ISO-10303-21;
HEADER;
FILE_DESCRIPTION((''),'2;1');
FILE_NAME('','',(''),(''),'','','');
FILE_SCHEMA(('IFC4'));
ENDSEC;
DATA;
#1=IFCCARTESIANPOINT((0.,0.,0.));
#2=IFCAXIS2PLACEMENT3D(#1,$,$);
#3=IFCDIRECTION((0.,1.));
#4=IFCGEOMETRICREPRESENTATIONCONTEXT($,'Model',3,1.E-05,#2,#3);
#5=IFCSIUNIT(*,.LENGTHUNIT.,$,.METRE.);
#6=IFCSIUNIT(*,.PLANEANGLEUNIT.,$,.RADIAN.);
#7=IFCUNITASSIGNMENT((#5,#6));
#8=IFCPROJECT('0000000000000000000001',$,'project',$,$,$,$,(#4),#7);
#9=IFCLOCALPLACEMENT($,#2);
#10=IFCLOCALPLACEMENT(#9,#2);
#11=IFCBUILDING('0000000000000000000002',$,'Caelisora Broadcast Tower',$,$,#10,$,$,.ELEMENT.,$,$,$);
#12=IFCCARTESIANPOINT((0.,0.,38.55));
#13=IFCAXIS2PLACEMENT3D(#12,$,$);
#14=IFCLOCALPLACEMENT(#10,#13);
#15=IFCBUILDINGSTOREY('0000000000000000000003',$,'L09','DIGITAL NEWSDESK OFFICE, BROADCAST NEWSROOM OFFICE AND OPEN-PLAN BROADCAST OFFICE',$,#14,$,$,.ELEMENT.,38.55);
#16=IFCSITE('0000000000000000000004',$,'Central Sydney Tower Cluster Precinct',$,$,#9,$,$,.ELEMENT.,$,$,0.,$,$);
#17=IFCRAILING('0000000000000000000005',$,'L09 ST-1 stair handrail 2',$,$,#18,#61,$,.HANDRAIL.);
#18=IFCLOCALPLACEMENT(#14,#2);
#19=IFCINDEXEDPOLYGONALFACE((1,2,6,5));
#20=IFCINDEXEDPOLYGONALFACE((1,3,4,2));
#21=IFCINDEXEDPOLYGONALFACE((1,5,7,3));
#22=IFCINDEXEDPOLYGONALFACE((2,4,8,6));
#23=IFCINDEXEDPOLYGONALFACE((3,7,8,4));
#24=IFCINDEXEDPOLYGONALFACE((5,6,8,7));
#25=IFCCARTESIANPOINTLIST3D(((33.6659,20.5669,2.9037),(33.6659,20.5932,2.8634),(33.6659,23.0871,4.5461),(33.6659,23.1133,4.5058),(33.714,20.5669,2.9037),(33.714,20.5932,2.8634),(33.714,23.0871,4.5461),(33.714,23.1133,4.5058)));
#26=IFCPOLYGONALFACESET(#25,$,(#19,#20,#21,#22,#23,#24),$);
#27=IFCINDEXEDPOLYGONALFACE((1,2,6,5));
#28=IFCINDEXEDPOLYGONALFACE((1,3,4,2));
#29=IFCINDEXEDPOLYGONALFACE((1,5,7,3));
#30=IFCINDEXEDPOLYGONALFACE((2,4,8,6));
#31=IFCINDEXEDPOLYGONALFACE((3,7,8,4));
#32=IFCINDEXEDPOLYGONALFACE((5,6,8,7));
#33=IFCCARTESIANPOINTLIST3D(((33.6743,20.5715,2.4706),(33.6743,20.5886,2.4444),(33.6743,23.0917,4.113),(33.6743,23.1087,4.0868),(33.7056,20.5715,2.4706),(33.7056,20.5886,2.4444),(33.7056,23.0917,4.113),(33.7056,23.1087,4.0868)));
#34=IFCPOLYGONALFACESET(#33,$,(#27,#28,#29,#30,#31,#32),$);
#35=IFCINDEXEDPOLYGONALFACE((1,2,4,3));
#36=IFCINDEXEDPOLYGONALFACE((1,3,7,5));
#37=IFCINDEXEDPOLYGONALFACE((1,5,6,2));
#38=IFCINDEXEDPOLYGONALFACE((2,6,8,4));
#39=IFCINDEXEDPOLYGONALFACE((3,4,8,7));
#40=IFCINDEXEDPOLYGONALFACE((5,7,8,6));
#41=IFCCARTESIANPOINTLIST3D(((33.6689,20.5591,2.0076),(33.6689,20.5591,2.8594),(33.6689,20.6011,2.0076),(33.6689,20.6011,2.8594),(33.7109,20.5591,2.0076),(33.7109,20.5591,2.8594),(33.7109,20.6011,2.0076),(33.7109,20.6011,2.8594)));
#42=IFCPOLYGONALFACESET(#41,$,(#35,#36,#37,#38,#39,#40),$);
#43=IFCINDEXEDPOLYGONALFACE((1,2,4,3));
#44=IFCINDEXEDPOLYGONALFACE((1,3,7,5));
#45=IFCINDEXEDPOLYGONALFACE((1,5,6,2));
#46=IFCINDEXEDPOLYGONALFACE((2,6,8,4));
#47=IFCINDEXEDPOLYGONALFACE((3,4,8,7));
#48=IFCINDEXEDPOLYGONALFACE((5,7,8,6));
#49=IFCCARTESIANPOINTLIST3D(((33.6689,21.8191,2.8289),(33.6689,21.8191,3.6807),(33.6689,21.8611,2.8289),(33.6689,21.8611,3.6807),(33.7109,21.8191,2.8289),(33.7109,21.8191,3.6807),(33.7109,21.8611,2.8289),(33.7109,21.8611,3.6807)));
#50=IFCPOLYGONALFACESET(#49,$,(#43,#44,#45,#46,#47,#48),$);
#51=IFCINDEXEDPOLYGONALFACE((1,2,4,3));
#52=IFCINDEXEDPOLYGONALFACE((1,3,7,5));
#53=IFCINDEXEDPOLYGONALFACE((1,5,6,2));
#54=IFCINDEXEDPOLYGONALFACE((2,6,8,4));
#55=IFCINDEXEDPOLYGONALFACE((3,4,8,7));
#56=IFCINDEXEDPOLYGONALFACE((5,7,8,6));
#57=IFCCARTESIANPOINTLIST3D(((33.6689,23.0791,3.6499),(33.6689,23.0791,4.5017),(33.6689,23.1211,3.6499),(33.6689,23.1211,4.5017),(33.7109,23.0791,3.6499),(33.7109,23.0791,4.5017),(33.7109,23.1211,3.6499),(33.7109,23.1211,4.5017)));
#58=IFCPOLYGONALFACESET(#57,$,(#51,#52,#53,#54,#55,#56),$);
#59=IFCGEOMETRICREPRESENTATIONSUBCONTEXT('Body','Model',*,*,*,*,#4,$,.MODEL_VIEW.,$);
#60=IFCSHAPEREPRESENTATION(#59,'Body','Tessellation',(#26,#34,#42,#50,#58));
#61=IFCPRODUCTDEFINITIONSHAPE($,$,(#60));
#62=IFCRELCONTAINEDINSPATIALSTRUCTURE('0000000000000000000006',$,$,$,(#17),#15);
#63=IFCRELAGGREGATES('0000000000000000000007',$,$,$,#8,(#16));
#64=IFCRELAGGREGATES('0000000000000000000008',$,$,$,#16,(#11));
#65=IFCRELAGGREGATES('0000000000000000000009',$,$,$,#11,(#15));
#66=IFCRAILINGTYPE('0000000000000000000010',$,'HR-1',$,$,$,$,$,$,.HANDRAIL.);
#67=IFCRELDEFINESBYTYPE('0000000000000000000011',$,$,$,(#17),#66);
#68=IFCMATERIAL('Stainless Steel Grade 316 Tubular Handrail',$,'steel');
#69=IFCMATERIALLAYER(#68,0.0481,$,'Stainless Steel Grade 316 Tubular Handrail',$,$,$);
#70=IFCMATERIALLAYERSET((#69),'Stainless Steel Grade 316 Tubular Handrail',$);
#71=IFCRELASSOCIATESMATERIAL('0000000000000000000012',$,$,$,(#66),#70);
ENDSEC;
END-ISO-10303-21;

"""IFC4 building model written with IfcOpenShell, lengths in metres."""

from ifc_helpers import new_model, si_unit, direction, frame, origin, origin_2d, place, context, subcontext, project, spatial, rectangle, extrude, material, layer, layer_set, type_object, element, save


model = new_model("IFC4")

# Units and contexts
model_context = context("Model", 3, precision=1e-05, world=origin(), true_north=direction((0.0, 1.0)))
body_context = subcontext(model_context, "Body", "Model", "MODEL_VIEW")
ifc_project = project(units=[si_unit("LENGTHUNIT", "METRE"), si_unit("PLANEANGLEUNIT", "RADIAN")], contexts=[model_context])

# Site, building, storey
site_placement = place(None, origin())
site = spatial("IfcSite", under=ifc_project, at=site_placement, Name="Central Sydney Tower Cluster Precinct", CompositionType="ELEMENT", RefElevation=0.0)
building_placement = place(site_placement, origin())
building = spatial("IfcBuilding", under=site, at=building_placement, Name="Caelisora Broadcast Tower", CompositionType="ELEMENT")
storey_placement = place(building_placement, frame((0.0, 0.0, 38.55)))
storey = spatial("IfcBuildingStorey", under=building, at=storey_placement, Name="L09", Description="DIGITAL NEWSDESK OFFICE, BROADCAST NEWSROOM OFFICE AND OPEN-PLAN BROADCAST OFFICE", CompositionType="ELEMENT", Elevation=38.55)

# Railing
ifc_material_1 = material(Name="Stainless Steel Grade 316 Tubular Handrail", Category="steel")
ifc_layer_1 = layer(ifc_material_1, 0.0481, Name="Stainless Steel Grade 316 Tubular Handrail")
ifc_layer_set_1 = layer_set([ifc_layer_1], Name="Stainless Steel Grade 316 Tubular Handrail")
railing_type_1 = type_object("IfcRailingType", Name="HR-1", PredefinedType="HANDRAIL", material=ifc_layer_set_1)
railing_1_placement = place(storey_placement, frame((33.6899, 20.5801, 2.0076)))
element("IfcRailing", 1, at=railing_1_placement, inside=storey, type_object=railing_type_1, Name="L09 ST-1 stair handrail 2", PredefinedType="HANDRAIL", context=body_context, shape_type="SweptSolid", body=[
    extrude(rectangle(XDim=0.0481, YDim=0.0481, at=origin_2d()), frame((0.0, 0.0, 0.876), z_axis=(0.0, 0.837787, 0.545998), x_axis=(-1.0, 0.0, 0.0)), (0.0, 0.0, 1.0), 3.0081),
    extrude(rectangle(XDim=0.0312, YDim=0.0312, at=origin_2d()), frame((0.0, 0.0, 0.45), z_axis=(0.0, 0.837787, 0.545998), x_axis=(-1.0, 0.0, 0.0)), (0.0, 0.0, 1.0), 3.0081),
    extrude(rectangle(XDim=0.042, YDim=0.042, at=origin_2d()), origin(), (0.0, 0.0, 1.0), 0.8518),
    extrude(rectangle(XDim=0.042, YDim=0.042, at=origin_2d()), frame((0.0, 1.26, 0.8213)), (0.0, 0.0, 1.0), 0.8518),
    extrude(rectangle(XDim=0.042, YDim=0.042, at=origin_2d()), frame((0.0, 2.52, 1.6423)), (0.0, 0.0, 1.0), 0.8518),
])

save(model, "model.ifc")
